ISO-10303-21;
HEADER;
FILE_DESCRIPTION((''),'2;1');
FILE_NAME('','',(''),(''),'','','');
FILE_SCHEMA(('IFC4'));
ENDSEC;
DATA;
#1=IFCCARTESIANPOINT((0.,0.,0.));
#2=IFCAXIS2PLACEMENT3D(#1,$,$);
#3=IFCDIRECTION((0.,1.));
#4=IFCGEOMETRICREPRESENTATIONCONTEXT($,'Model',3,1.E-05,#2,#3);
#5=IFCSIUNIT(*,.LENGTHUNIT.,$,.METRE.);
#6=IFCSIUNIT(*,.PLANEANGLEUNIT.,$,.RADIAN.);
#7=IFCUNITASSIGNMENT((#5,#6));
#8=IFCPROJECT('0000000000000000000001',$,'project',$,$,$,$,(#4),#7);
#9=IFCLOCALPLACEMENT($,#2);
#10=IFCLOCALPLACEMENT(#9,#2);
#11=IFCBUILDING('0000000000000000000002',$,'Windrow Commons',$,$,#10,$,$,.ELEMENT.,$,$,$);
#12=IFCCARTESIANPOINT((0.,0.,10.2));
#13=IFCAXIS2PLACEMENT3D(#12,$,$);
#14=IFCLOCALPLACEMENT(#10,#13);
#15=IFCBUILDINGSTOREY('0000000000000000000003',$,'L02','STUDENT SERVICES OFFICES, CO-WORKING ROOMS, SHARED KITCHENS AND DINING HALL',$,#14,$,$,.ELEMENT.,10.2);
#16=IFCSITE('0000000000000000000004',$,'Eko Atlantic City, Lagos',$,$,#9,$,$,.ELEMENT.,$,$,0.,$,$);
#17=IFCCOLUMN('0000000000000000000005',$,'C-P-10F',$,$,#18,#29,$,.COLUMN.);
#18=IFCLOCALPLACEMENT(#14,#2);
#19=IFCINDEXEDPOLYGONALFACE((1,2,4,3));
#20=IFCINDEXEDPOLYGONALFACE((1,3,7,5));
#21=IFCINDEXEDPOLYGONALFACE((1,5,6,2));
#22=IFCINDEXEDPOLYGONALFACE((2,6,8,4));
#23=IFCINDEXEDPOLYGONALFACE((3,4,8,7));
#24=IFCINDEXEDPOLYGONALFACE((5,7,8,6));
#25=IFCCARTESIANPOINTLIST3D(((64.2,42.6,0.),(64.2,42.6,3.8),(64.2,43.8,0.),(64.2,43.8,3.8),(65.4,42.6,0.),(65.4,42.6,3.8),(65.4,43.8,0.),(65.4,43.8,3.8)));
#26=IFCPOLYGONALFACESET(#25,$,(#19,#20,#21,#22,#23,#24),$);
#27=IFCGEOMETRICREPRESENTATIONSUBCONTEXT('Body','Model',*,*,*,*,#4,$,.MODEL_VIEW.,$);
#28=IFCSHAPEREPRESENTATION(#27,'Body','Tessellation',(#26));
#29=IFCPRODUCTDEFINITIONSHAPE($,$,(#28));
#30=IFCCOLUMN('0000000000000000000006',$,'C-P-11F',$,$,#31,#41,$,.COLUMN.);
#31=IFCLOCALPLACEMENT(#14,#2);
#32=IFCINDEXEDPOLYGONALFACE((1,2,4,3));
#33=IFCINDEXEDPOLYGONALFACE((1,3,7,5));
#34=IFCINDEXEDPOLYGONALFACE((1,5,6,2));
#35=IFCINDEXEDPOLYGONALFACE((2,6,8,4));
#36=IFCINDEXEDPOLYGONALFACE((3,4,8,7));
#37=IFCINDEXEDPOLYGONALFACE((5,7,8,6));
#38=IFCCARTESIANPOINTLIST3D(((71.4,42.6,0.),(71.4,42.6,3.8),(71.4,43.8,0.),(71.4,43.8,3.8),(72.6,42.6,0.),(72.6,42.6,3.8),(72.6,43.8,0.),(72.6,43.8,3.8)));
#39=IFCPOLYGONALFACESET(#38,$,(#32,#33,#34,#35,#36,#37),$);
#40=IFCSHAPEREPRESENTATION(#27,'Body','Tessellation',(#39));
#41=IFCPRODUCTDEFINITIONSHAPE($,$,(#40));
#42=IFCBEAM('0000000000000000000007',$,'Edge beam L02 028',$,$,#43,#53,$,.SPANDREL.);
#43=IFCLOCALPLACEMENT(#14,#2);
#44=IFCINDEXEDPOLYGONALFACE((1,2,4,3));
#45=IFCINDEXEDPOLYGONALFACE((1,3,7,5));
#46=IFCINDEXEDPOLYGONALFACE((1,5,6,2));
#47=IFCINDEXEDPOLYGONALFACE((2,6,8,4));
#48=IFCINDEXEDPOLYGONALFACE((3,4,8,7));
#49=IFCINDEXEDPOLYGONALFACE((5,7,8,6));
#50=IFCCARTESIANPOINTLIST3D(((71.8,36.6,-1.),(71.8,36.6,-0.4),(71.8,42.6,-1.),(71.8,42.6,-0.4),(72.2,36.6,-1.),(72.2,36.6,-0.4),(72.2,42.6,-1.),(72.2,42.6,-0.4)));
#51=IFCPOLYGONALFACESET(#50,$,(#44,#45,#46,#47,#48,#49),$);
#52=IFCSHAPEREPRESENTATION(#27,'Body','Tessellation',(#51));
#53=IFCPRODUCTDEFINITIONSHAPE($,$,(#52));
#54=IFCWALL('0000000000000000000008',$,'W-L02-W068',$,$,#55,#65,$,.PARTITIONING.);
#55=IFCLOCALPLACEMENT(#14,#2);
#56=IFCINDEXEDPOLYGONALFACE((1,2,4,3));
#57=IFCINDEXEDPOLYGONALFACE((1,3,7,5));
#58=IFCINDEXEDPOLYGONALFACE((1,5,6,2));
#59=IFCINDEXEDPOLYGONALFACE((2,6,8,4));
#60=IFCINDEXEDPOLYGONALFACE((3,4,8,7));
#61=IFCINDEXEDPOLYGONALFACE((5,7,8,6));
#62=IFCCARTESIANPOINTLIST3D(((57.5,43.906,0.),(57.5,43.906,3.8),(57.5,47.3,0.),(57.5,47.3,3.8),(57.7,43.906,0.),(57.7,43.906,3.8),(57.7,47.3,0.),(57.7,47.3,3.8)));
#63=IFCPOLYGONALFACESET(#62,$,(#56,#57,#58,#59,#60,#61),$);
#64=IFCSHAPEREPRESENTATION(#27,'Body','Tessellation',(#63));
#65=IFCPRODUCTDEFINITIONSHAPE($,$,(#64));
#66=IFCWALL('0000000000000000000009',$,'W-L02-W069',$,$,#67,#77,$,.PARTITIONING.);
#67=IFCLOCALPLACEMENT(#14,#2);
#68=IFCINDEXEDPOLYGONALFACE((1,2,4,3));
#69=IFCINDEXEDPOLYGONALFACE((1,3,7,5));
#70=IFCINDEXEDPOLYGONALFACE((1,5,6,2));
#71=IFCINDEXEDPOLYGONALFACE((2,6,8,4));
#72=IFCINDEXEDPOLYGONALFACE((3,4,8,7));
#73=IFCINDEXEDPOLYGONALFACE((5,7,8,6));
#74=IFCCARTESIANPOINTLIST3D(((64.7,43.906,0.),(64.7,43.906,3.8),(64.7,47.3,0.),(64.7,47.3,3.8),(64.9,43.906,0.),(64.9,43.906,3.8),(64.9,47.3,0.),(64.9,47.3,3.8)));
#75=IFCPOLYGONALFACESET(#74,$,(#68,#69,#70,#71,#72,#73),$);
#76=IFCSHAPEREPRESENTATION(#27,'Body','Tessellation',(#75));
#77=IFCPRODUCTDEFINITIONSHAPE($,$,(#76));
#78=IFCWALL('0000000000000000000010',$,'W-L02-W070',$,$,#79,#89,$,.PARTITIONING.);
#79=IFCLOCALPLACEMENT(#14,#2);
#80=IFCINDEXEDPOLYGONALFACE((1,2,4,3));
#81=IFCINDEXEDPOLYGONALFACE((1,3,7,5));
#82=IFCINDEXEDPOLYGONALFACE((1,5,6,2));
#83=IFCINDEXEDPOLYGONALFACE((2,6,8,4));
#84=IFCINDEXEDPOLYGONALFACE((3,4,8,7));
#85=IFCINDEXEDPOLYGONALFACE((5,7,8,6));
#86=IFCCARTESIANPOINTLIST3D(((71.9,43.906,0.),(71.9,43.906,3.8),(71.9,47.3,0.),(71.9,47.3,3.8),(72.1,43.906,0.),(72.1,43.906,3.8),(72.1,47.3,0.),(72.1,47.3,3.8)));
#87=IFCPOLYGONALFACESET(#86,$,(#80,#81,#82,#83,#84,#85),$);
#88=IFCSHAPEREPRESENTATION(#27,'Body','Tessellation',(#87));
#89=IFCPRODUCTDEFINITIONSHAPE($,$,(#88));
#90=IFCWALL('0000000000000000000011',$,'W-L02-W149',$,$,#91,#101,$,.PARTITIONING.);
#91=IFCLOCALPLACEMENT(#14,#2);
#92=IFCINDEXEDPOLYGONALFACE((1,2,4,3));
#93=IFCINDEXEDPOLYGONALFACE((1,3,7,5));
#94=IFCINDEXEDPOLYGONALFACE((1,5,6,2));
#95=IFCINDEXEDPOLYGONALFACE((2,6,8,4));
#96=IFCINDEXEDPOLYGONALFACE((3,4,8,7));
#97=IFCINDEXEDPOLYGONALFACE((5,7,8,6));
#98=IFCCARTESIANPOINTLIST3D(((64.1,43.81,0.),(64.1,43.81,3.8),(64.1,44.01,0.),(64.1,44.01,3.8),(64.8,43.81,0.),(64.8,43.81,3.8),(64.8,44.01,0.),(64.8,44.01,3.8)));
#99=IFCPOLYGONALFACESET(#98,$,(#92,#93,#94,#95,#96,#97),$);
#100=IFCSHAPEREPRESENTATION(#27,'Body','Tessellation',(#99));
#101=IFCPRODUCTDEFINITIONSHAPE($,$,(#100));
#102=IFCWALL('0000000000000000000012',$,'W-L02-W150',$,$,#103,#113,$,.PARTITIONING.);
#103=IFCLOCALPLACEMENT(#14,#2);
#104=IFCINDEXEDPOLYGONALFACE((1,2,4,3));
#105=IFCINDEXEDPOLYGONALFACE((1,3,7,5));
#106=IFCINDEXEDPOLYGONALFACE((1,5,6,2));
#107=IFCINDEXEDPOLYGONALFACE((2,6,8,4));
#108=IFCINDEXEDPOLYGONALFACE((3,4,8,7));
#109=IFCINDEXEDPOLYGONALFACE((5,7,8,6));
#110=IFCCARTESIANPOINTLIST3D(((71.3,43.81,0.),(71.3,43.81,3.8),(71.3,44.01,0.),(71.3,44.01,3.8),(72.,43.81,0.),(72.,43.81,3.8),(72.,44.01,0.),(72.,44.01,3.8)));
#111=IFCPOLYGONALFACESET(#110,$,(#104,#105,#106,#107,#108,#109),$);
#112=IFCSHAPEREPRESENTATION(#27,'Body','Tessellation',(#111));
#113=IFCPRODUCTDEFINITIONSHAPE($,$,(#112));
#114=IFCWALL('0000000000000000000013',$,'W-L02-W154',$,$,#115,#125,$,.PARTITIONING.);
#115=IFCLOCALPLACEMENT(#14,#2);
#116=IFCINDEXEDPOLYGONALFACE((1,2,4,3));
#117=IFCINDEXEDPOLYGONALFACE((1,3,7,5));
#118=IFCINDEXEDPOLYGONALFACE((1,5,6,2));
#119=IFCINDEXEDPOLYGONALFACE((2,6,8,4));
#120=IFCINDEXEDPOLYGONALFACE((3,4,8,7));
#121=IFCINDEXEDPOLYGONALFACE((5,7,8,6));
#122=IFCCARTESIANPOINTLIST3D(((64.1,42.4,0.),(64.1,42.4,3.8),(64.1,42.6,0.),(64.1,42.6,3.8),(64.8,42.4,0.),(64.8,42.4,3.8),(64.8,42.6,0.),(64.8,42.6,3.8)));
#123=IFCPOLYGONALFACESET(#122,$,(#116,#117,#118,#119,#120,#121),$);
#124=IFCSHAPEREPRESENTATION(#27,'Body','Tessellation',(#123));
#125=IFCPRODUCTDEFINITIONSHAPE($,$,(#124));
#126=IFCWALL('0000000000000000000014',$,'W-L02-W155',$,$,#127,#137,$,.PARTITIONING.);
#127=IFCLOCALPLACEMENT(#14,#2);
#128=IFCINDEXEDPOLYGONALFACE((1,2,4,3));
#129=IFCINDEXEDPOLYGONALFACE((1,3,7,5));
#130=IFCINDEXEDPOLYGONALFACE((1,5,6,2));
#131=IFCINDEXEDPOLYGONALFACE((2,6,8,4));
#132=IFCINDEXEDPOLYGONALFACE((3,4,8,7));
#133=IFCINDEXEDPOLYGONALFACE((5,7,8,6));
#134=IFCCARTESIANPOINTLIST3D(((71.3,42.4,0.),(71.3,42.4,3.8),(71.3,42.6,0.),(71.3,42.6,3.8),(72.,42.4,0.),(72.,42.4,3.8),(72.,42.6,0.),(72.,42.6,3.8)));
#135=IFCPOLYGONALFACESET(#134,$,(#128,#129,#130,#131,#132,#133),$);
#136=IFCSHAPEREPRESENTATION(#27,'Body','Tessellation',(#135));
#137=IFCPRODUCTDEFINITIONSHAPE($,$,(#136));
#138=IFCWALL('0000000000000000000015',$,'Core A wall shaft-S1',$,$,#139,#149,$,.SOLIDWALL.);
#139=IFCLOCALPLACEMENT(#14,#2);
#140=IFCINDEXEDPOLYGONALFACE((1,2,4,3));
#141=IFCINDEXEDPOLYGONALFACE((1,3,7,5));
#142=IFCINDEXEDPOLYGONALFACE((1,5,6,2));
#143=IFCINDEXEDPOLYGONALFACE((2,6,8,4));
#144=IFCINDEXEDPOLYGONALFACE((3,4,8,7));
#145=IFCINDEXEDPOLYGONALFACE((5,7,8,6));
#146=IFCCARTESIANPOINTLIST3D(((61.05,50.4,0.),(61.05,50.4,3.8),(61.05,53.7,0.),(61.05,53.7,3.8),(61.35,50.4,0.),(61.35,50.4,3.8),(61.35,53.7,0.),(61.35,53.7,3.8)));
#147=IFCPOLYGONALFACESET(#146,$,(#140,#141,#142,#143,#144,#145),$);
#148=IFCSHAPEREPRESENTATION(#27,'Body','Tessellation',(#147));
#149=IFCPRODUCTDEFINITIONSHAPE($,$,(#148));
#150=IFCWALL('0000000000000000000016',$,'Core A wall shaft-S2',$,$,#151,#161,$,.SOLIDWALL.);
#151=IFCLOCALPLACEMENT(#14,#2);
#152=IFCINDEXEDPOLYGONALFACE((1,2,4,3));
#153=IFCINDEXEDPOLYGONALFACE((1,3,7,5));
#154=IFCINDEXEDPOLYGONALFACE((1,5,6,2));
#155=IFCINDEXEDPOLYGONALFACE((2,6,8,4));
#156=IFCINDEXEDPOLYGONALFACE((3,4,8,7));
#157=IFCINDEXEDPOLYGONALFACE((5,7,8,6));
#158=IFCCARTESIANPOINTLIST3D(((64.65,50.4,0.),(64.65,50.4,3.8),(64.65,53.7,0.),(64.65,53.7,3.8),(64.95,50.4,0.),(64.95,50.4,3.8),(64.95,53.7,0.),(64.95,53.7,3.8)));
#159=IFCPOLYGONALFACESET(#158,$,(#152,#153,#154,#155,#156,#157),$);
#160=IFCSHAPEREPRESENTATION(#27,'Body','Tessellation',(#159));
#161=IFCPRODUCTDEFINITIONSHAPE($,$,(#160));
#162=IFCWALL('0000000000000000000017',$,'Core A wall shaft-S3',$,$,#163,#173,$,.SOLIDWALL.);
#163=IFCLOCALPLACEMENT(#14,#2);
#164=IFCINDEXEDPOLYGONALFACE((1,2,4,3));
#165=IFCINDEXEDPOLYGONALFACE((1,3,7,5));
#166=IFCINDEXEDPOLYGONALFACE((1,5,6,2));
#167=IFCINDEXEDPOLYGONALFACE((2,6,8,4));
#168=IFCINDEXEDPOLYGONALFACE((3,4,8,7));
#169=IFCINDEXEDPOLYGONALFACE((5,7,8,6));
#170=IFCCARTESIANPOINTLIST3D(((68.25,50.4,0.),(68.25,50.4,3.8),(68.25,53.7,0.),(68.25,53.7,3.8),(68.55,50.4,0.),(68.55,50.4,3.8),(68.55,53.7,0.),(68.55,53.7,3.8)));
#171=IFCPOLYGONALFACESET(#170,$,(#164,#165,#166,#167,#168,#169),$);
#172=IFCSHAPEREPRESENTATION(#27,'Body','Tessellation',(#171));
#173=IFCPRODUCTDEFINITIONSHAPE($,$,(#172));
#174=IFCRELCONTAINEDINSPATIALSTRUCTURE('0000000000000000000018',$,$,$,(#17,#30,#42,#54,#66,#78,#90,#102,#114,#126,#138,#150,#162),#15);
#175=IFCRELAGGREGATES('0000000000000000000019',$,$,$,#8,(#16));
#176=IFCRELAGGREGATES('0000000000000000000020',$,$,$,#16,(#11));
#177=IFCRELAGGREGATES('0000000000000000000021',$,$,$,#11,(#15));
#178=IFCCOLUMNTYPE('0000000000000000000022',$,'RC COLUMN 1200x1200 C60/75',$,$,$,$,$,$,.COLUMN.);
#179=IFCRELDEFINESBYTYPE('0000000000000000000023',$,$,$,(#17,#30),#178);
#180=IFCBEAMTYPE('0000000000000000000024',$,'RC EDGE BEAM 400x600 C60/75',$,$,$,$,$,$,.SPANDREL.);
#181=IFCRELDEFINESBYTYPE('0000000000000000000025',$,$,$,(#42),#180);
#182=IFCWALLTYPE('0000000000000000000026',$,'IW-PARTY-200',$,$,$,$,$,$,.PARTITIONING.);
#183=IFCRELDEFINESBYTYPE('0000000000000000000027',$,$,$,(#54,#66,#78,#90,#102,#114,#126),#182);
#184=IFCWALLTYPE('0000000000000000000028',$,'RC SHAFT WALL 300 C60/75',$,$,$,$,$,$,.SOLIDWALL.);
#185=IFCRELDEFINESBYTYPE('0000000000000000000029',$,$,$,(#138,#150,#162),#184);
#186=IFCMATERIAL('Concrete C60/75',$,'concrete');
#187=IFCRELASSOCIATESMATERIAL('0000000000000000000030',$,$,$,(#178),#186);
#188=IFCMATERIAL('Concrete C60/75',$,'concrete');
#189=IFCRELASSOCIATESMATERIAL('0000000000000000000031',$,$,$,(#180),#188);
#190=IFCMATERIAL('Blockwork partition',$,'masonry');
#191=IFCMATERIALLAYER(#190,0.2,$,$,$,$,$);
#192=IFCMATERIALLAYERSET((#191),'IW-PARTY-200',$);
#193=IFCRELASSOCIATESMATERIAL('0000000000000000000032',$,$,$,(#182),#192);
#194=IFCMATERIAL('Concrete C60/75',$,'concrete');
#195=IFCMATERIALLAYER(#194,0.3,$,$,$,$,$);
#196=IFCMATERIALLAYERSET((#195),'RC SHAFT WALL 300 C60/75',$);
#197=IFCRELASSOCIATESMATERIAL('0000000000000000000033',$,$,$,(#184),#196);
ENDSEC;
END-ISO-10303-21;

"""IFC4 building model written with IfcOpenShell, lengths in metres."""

from ifc_helpers import new_model, si_unit, direction, frame, frame_2d, origin, origin_2d, place, context, subcontext, project, spatial, rectangle, extrude, material, layer, layer_set, material_profile, profile_set, type_object, element, save


model = new_model("IFC4")

# Units and contexts
model_context = context("Model", 3, precision=1e-05, world=origin(), true_north=direction((0.0, 1.0)))
body_context = subcontext(model_context, "Body", "Model", "MODEL_VIEW")
ifc_project = project(units=[si_unit("LENGTHUNIT", "METRE"), si_unit("PLANEANGLEUNIT", "RADIAN")], contexts=[model_context])

# Site, building, storey
site_placement = place(None, origin())
site = spatial("IfcSite", under=ifc_project, at=site_placement, Name="Eko Atlantic City, Lagos", CompositionType="ELEMENT", RefElevation=0.0)
building_placement = place(site_placement, origin())
building = spatial("IfcBuilding", under=site, at=building_placement, Name="Windrow Commons", CompositionType="ELEMENT")
storey_placement = place(building_placement, frame((0.0, 0.0, 10.2)))
storey = spatial("IfcBuildingStorey", under=building, at=storey_placement, Name="L02", Description="STUDENT SERVICES OFFICES, CO-WORKING ROOMS, SHARED KITCHENS AND DINING HALL", CompositionType="ELEMENT", Elevation=10.2)

# Columns
ifc_material_1 = material(Name="Concrete C60/75", Category="concrete")
ifc_material_profile_1 = material_profile(ifc_material_1, rectangle(XDim=1.2, YDim=1.2, at=origin_2d()))
ifc_profile_set_1 = profile_set([ifc_material_profile_1], Name="Concrete C60/75")
column_type = type_object("IfcColumnType", Name="RC COLUMN 1200x1200 C60/75", PredefinedType="COLUMN", material=ifc_profile_set_1)
for number, where, z_axis, x_axis, name in (
    (1, (64.8, 43.2, 0.0), (0.0, 0.0, 1.0), (1.0, 0.0, 0.0), "C-P-10F"),
    (2, (72.0, 43.2, 0.0), (0.0, 0.0, 1.0), (1.0, 0.0, 0.0), "C-P-11F"),
):
    element("IfcColumn", number, at=place(storey_placement, frame(where, z_axis=z_axis, x_axis=x_axis)), inside=storey, type_object=column_type, Name=name, PredefinedType="COLUMN", context=body_context, shape_type="SweptSolid", body=[
        extrude(rectangle(XDim=1.2, YDim=1.2, at=origin_2d()), origin(), (0.0, 0.0, 1.0), 3.8),
    ])

# Beam
ifc_material_2 = material(Name="Concrete C60/75", Category="concrete")
ifc_material_profile_2 = material_profile(ifc_material_2, rectangle(XDim=0.4, YDim=0.6, at=origin_2d()))
ifc_profile_set_2 = profile_set([ifc_material_profile_2], Name="Concrete C60/75")
beam_type = type_object("IfcBeamType", Name="RC EDGE BEAM 400x600 C60/75", PredefinedType="SPANDREL", material=ifc_profile_set_2)
beam_placement = place(storey_placement, frame((72.0, 42.6, -0.7), z_axis=(0.0, -1.0, 0.0), x_axis=(1.0, 0.0, 0.0)))
element("IfcBeam", 3, at=beam_placement, inside=storey, type_object=beam_type, Name="Edge beam L02 028", PredefinedType="SPANDREL", context=body_context, shape_type="SweptSolid", body=[
    extrude(rectangle(XDim=0.4, YDim=0.6, at=origin_2d()), origin(), (0.0, 0.0, 1.0), 6.0),
])

# Walls
ifc_material_3 = material(Name="Blockwork partition", Category="masonry")
ifc_layer_1 = layer(ifc_material_3, 0.2)
ifc_layer_set_1 = layer_set([ifc_layer_1], Name="IW-PARTY-200")
wall_type_1 = type_object("IfcWallType", Name="IW-PARTY-200", PredefinedType="PARTITIONING", material=ifc_layer_set_1)
for number, where, z_axis, x_axis, name in (
    (4, (57.6, 43.906, 0.0), (0.0, 0.0, 1.0), (0.0, 1.0, 0.0), "W-L02-W068"),
    (5, (64.8, 43.906, 0.0), (0.0, 0.0, 1.0), (0.0, 1.0, 0.0), "W-L02-W069"),
    (6, (72.0, 43.906, 0.0), (0.0, 0.0, 1.0), (0.0, 1.0, 0.0), "W-L02-W070"),
):
    element("IfcWall", number, at=place(storey_placement, frame(where, z_axis=z_axis, x_axis=x_axis)), inside=storey, type_object=wall_type_1, Name=name, PredefinedType="PARTITIONING", context=body_context, shape_type="SweptSolid", body=[
        extrude(rectangle(XDim=3.394, YDim=0.2, at=frame_2d((1.697, 0.0))), origin(), (0.0, 0.0, 1.0), 3.8),
    ])
for number, where, z_axis, x_axis, name in (
    (7, (64.1, 43.91, 0.0), (0.0, 0.0, 1.0), (1.0, 0.0, 0.0), "W-L02-W149"),
    (8, (71.3, 43.91, 0.0), (0.0, 0.0, 1.0), (1.0, 0.0, 0.0), "W-L02-W150"),
    (9, (64.1, 42.5, 0.0), (0.0, 0.0, 1.0), (1.0, 0.0, 0.0), "W-L02-W154"),
    (10, (71.3, 42.5, 0.0), (0.0, 0.0, 1.0), (1.0, 0.0, 0.0), "W-L02-W155"),
):
    element("IfcWall", number, at=place(storey_placement, frame(where, z_axis=z_axis, x_axis=x_axis)), inside=storey, type_object=wall_type_1, Name=name, PredefinedType="PARTITIONING", context=body_context, shape_type="SweptSolid", body=[
        extrude(rectangle(XDim=0.7, YDim=0.2, at=frame_2d((0.35, 0.0))), origin(), (0.0, 0.0, 1.0), 3.8),
    ])
ifc_material_4 = material(Name="Concrete C60/75", Category="concrete")
ifc_layer_2 = layer(ifc_material_4, 0.3)
ifc_layer_set_2 = layer_set([ifc_layer_2], Name="RC SHAFT WALL 300 C60/75")
wall_type_2 = type_object("IfcWallType", Name="RC SHAFT WALL 300 C60/75", PredefinedType="SOLIDWALL", material=ifc_layer_set_2)
for number, where, z_axis, x_axis, name in (
    (11, (61.2, 50.4, 0.0), (0.0, 0.0, 1.0), (0.0, 1.0, 0.0), "Core A wall shaft-S1"),
    (12, (64.8, 50.4, 0.0), (0.0, 0.0, 1.0), (0.0, 1.0, 0.0), "Core A wall shaft-S2"),
    (13, (68.4, 50.4, 0.0), (0.0, 0.0, 1.0), (0.0, 1.0, 0.0), "Core A wall shaft-S3"),
):
    element("IfcWall", number, at=place(storey_placement, frame(where, z_axis=z_axis, x_axis=x_axis)), inside=storey, type_object=wall_type_2, Name=name, PredefinedType="SOLIDWALL", context=body_context, shape_type="SweptSolid", body=[
        extrude(rectangle(XDim=3.3, YDim=0.3, at=frame_2d((1.65, 0.0))), origin(), (0.0, 0.0, 1.0), 3.8),
    ])

save(model, "model.ifc")
